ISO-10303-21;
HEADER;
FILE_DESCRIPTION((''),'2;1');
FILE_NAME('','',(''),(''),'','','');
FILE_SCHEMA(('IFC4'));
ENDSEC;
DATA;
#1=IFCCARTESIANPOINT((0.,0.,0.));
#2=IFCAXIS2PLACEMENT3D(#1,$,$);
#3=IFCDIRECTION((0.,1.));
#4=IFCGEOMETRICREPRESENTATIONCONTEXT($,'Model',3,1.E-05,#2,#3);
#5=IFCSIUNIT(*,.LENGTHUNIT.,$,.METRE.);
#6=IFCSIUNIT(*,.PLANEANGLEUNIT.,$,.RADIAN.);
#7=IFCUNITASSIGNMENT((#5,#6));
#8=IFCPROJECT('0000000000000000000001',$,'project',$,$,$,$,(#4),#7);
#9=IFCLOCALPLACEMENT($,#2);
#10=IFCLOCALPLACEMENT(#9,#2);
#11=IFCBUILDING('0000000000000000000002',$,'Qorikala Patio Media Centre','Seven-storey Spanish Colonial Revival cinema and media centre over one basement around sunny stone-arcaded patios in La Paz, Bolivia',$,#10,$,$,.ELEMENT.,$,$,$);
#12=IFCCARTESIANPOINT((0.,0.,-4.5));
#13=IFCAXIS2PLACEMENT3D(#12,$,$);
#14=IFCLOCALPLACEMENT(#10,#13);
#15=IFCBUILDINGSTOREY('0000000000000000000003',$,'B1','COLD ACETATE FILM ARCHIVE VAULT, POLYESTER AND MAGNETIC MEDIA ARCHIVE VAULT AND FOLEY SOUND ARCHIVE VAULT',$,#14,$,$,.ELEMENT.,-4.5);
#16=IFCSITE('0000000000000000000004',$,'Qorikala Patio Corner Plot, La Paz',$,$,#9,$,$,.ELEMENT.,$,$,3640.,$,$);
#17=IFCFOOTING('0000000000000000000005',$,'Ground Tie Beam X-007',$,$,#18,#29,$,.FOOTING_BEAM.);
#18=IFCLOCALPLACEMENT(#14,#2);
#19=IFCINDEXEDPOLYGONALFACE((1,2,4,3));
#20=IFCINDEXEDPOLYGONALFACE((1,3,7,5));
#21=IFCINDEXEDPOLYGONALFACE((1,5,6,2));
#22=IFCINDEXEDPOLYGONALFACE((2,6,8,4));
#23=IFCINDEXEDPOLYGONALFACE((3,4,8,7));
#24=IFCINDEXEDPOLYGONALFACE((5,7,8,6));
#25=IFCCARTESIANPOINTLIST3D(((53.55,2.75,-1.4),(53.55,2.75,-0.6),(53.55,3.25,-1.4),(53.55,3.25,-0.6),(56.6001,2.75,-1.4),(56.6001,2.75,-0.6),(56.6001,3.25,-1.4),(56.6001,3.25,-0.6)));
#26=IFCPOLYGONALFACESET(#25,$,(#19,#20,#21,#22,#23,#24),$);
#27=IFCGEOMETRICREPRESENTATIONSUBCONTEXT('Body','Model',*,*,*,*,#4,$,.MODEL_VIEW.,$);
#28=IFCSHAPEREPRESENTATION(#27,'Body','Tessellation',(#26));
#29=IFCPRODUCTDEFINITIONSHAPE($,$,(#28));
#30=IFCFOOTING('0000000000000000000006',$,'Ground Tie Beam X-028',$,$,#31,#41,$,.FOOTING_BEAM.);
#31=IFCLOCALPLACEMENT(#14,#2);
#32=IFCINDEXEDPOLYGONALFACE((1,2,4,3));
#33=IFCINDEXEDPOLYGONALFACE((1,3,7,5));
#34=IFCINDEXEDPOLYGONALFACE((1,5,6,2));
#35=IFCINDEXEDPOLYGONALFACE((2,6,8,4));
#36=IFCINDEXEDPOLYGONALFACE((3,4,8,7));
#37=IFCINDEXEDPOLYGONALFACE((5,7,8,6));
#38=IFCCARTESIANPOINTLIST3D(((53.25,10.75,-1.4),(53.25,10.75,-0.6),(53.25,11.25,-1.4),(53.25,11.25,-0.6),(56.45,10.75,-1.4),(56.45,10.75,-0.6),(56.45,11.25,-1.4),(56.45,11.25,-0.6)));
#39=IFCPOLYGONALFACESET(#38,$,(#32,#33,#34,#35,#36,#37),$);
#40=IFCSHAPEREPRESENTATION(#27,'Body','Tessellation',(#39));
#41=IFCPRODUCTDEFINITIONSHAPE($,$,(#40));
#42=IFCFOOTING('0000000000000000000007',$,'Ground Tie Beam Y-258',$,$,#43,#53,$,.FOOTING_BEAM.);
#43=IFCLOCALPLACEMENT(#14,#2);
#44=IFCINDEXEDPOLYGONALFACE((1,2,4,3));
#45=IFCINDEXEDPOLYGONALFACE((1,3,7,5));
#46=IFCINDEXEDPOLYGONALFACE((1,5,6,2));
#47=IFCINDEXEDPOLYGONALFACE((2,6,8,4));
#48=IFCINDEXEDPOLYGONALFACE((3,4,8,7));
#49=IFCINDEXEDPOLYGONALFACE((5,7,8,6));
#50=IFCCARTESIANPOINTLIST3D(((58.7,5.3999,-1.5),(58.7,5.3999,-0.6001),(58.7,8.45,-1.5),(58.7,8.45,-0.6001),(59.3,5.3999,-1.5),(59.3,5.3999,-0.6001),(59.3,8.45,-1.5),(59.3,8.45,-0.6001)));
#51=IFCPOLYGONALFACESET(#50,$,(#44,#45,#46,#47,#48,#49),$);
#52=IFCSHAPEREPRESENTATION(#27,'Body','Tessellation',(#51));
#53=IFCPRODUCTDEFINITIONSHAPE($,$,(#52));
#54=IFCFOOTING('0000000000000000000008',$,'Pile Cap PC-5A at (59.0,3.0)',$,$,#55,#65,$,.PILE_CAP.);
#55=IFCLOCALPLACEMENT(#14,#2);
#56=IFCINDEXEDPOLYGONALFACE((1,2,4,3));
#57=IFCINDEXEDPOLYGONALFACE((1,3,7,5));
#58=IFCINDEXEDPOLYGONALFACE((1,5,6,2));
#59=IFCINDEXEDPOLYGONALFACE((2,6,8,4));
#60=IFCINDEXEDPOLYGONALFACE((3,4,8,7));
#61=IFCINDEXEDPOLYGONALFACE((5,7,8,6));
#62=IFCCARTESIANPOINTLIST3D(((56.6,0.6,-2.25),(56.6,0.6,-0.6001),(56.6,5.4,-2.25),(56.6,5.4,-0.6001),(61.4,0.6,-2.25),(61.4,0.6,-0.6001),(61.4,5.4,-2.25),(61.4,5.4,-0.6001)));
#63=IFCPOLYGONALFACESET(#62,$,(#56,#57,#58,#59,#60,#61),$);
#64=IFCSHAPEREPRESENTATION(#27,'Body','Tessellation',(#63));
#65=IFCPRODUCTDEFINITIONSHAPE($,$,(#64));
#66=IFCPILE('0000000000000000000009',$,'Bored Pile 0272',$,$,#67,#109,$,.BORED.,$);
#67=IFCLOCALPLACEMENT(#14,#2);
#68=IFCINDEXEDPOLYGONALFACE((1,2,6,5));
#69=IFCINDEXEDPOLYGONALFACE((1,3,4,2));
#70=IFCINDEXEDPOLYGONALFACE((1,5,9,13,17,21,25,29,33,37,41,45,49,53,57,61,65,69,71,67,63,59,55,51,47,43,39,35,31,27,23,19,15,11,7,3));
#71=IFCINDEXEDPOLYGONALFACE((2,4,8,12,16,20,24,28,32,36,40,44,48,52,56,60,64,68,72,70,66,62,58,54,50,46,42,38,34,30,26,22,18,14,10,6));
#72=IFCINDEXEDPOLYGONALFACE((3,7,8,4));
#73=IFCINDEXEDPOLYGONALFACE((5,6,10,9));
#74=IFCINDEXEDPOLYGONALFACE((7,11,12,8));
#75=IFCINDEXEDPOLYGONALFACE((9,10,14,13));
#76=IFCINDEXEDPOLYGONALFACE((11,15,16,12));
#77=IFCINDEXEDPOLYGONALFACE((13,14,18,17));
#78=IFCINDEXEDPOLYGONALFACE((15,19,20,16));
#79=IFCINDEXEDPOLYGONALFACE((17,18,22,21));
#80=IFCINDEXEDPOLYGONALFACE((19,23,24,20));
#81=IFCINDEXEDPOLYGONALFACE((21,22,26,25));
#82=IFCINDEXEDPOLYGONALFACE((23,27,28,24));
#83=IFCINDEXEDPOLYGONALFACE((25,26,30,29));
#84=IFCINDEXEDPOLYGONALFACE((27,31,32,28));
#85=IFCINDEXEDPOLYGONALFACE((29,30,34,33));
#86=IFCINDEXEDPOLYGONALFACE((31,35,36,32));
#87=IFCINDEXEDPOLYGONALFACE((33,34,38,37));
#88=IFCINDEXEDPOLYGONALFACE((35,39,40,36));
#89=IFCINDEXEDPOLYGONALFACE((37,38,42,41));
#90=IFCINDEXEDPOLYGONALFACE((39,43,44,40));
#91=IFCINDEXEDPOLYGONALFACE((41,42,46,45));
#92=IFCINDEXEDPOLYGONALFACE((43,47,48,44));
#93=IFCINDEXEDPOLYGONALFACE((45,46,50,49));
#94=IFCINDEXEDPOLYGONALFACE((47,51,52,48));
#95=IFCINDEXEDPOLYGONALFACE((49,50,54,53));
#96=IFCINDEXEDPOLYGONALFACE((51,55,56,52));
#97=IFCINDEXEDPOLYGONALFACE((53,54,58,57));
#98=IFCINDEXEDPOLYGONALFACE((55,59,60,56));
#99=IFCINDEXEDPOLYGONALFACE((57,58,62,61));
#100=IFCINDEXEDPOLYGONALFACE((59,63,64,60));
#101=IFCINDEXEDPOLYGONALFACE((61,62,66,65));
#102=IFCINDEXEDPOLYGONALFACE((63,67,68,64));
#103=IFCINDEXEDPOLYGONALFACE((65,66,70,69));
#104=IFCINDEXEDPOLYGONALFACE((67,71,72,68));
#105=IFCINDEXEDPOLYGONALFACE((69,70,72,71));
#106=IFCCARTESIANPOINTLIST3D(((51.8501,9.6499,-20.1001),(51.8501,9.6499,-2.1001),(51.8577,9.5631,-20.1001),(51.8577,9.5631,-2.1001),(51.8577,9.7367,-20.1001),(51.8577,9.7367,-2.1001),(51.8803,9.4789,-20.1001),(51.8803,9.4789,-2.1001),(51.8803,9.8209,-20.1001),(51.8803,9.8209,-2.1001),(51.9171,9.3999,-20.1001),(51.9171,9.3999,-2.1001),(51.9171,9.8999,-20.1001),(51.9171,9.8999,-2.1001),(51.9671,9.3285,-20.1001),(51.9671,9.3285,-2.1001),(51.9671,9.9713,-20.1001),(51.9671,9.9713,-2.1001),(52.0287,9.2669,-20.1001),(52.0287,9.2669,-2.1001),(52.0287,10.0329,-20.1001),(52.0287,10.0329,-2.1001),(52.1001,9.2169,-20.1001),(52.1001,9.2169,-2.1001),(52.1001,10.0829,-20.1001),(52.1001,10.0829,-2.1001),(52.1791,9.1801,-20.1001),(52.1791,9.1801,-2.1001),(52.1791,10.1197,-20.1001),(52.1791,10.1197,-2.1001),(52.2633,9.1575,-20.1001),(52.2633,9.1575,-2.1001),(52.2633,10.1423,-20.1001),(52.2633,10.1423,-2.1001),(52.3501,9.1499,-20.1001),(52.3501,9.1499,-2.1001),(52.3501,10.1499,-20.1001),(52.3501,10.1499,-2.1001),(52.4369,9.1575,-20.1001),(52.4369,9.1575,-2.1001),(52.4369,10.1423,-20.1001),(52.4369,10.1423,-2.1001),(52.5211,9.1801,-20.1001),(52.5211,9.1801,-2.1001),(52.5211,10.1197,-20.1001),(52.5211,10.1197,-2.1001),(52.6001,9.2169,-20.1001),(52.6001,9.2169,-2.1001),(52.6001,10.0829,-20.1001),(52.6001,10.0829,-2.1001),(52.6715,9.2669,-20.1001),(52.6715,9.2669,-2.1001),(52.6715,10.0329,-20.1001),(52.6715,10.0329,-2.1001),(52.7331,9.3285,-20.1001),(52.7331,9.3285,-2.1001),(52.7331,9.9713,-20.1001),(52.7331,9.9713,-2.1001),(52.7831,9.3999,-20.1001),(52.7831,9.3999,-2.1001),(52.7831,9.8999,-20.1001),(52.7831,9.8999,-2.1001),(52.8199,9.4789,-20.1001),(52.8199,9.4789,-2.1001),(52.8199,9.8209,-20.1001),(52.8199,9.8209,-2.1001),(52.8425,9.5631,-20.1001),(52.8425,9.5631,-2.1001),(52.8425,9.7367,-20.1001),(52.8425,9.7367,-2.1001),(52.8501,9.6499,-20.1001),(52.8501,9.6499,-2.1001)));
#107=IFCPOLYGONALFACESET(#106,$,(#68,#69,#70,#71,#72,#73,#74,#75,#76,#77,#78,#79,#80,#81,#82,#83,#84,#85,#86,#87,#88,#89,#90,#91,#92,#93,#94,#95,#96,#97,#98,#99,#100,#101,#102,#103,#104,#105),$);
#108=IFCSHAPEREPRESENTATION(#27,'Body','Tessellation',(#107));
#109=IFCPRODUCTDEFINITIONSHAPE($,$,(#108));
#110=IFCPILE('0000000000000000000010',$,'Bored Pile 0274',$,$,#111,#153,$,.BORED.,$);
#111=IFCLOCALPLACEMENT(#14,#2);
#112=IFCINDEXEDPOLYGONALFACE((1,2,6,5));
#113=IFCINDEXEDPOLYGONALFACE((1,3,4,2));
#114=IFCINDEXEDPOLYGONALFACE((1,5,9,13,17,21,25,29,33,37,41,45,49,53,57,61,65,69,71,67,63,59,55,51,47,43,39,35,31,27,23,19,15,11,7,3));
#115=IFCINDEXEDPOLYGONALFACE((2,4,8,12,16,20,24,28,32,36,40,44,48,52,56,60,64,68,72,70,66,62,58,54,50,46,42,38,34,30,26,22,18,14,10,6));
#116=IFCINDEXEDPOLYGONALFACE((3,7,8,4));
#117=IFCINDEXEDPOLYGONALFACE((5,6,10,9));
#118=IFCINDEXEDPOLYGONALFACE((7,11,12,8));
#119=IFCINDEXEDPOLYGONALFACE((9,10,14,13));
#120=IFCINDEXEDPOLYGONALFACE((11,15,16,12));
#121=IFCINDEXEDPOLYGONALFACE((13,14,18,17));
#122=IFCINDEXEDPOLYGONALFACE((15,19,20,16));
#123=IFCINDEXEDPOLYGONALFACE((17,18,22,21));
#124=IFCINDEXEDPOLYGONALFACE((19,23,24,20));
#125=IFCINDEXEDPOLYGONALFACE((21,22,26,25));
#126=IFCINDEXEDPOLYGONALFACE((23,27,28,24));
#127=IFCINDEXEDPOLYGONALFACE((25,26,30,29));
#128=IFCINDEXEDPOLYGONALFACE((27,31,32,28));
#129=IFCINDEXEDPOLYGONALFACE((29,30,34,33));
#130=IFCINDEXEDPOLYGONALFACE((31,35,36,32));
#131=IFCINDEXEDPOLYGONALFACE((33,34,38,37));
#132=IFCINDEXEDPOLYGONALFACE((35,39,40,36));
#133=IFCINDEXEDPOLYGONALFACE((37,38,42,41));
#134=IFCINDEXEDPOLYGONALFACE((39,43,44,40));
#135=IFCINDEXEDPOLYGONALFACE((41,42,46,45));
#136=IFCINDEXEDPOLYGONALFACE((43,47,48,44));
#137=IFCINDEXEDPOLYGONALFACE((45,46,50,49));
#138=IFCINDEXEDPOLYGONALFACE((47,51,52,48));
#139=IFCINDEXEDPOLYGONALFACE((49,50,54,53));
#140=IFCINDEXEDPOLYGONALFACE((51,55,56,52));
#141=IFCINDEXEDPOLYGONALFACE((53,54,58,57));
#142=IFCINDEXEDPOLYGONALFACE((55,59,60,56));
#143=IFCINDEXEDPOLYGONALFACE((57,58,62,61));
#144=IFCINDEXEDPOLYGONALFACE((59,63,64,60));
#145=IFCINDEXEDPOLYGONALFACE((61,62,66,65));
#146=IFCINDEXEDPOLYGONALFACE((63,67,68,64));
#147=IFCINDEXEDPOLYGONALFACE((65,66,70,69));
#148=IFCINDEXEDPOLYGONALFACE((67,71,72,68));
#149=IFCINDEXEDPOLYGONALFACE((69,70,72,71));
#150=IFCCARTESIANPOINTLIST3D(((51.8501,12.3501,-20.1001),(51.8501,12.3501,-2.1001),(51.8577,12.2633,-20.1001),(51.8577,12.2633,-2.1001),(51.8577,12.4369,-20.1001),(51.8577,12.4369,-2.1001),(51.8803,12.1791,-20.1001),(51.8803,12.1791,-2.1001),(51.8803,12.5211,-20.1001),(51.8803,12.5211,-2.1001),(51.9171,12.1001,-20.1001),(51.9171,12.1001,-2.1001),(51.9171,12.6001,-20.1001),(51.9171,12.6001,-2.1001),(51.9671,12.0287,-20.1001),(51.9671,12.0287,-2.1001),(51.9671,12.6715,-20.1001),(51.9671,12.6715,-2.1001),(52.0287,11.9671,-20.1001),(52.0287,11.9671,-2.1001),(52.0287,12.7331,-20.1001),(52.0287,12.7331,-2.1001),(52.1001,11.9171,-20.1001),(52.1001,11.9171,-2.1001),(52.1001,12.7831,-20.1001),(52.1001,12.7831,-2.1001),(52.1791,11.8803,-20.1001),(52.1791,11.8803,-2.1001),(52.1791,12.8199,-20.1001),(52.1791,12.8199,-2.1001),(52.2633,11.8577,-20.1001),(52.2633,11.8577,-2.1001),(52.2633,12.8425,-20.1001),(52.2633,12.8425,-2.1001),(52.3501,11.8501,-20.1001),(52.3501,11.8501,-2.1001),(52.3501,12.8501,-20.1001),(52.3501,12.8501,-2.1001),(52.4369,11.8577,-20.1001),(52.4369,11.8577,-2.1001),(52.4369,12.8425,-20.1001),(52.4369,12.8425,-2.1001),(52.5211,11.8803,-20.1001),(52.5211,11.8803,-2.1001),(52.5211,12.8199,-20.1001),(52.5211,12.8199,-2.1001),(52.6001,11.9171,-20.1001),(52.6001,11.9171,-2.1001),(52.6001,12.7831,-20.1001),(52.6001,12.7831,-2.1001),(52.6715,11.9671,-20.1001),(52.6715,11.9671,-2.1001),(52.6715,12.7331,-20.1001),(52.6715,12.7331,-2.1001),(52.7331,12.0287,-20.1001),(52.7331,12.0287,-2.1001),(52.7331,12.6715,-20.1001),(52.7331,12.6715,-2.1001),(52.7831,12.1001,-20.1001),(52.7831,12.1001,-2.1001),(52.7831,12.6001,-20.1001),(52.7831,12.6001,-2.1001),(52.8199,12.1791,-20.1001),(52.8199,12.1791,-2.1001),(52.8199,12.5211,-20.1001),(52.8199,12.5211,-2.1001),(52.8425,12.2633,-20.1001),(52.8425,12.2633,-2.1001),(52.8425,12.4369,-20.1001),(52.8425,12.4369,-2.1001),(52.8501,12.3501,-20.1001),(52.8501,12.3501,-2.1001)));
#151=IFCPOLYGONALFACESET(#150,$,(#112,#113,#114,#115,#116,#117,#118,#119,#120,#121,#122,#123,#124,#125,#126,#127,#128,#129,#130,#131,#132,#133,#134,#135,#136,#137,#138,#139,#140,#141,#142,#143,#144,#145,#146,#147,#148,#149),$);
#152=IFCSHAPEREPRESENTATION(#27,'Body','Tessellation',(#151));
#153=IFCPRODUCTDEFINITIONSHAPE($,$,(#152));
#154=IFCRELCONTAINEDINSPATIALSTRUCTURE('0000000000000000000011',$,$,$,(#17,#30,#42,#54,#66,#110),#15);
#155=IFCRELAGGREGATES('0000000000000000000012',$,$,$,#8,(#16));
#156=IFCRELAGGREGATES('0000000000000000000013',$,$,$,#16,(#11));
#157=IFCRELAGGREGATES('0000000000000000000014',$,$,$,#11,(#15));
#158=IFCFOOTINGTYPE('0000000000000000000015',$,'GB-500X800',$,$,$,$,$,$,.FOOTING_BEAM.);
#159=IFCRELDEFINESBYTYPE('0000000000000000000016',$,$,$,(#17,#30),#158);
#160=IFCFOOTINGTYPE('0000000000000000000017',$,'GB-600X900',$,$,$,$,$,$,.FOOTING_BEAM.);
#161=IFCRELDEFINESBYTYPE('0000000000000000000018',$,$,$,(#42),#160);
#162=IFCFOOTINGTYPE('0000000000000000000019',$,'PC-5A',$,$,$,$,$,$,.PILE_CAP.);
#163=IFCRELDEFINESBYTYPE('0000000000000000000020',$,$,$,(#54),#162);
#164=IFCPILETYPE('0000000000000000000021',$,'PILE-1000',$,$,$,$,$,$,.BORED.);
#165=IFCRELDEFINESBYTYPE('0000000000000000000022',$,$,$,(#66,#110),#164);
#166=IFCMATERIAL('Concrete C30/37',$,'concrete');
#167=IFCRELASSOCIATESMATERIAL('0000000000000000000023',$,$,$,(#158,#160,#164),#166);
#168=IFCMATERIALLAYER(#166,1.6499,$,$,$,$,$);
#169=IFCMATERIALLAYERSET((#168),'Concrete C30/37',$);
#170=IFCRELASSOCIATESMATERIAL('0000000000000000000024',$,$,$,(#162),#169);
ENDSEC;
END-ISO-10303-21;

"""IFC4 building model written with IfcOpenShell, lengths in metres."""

from ifc_helpers import new_model, si_unit, direction, frame, origin, origin_2d, place, context, subcontext, project, spatial, rectangle, circle, extrude, material, layer, layer_set, material_profile, profile_set, type_object, element, save


model = new_model("IFC4")

# Units and contexts
model_context = context("Model", 3, precision=1e-05, world=origin(), true_north=direction((0.0, 1.0)))
body_context = subcontext(model_context, "Body", "Model", "MODEL_VIEW")
ifc_project = project(units=[si_unit("LENGTHUNIT", "METRE"), si_unit("PLANEANGLEUNIT", "RADIAN")], contexts=[model_context])

# Site, building, storey
site_placement = place(None, origin())
site = spatial("IfcSite", under=ifc_project, at=site_placement, Name="Qorikala Patio Corner Plot, La Paz", CompositionType="ELEMENT", RefElevation=3640.0)
building_placement = place(site_placement, origin())
building = spatial("IfcBuilding", under=site, at=building_placement, Name="Qorikala Patio Media Centre", Description="Seven-storey Spanish Colonial Revival cinema and media centre over one basement around sunny stone-arcaded patios in La Paz, Bolivia", CompositionType="ELEMENT")
storey_placement = place(building_placement, frame((0.0, 0.0, -4.5)))
storey = spatial("IfcBuildingStorey", under=building, at=storey_placement, Name="B1", Description="COLD ACETATE FILM ARCHIVE VAULT, POLYESTER AND MAGNETIC MEDIA ARCHIVE VAULT AND FOLEY SOUND ARCHIVE VAULT", CompositionType="ELEMENT", Elevation=-4.5)

# Footings
ifc_material_1 = material(Name="Concrete C30/37", Category="concrete")
ifc_material_profile_1 = material_profile(ifc_material_1, rectangle(XDim=0.5, YDim=0.8, at=origin_2d()), Name="RC 500x800")
ifc_profile_set_1 = profile_set([ifc_material_profile_1], Name="Concrete C30/37")
footing_type_1 = type_object("IfcFootingType", Name="GB-500X800", PredefinedType="FOOTING_BEAM", material=ifc_profile_set_1)
footing_1_placement = place(storey_placement, frame((53.55, 3.0, -1.0), z_axis=(1.0, 0.0, 0.0), x_axis=(0.0, 1.0, 0.0)))
element("IfcFooting", 1, at=footing_1_placement, inside=storey, type_object=footing_type_1, Name="Ground Tie Beam X-007", PredefinedType="FOOTING_BEAM", context=body_context, shape_type="SweptSolid", body=[
    extrude(rectangle(XDim=0.5, YDim=0.8, at=origin_2d()), origin(), (0.0, 0.0, 1.0), 3.05),
])
footing_2_placement = place(storey_placement, frame((53.25, 11.0, -1.0), z_axis=(1.0, 0.0, 0.0), x_axis=(0.0, 1.0, 0.0)))
element("IfcFooting", 2, at=footing_2_placement, inside=storey, type_object=footing_type_1, Name="Ground Tie Beam X-028", PredefinedType="FOOTING_BEAM", context=body_context, shape_type="SweptSolid", body=[
    extrude(rectangle(XDim=0.5, YDim=0.8, at=origin_2d()), origin(), (0.0, 0.0, 1.0), 3.2),
])
ifc_material_profile_2 = material_profile(ifc_material_1, rectangle(XDim=0.6001, YDim=0.8999, at=origin_2d()), Name="RC 600x900")
ifc_profile_set_2 = profile_set([ifc_material_profile_2], Name="Concrete C30/37")
footing_type_2 = type_object("IfcFootingType", Name="GB-600X900", PredefinedType="FOOTING_BEAM", material=ifc_profile_set_2)
footing_3_placement = place(storey_placement, frame((59.0, 5.3999, -1.05), z_axis=(0.0, 1.0, 0.0), x_axis=(-1.0, 0.0, 0.0)))
element("IfcFooting", 3, at=footing_3_placement, inside=storey, type_object=footing_type_2, Name="Ground Tie Beam Y-258", PredefinedType="FOOTING_BEAM", context=body_context, shape_type="SweptSolid", body=[
    extrude(rectangle(XDim=0.6001, YDim=0.8999, at=origin_2d()), origin(), (0.0, 0.0, 1.0), 3.05),
])
ifc_layer_1 = layer(ifc_material_1, 1.6499)
ifc_layer_set_1 = layer_set([ifc_layer_1], Name="Concrete C30/37")
footing_type_3 = type_object("IfcFootingType", Name="PC-5A", PredefinedType="PILE_CAP", material=ifc_layer_set_1)
footing_4_placement = place(storey_placement, frame((59.0, 3.0, -2.25), z_axis=(0.0, 0.0, 1.0), x_axis=(1.0, 0.0, 0.0)))
element("IfcFooting", 4, at=footing_4_placement, inside=storey, type_object=footing_type_3, Name="Pile Cap PC-5A at (59.0,3.0)", PredefinedType="PILE_CAP", context=body_context, shape_type="SweptSolid", body=[
    extrude(rectangle(XDim=4.8, YDim=4.8, at=origin_2d()), origin(), (0.0, 0.0, 1.0), 1.6499),
])

# Piles
ifc_material_profile_3 = material_profile(ifc_material_1, circle(Radius=0.5, at=origin_2d()), Name="BORED PILE 1000")
ifc_profile_set_3 = profile_set([ifc_material_profile_3], Name="Concrete C30/37")
pile_type_1 = type_object("IfcPileType", Name="PILE-1000", PredefinedType="BORED", material=ifc_profile_set_3)
for number, where, z_axis, x_axis, name in (
    (5, (52.3501, 9.6499, -2.1001), (0.0, 0.0, -1.0), (1.0, 0.0, 0.0), "Bored Pile 0272"),
    (6, (52.3501, 12.3501, -2.1001), (0.0, 0.0, -1.0), (1.0, 0.0, 0.0), "Bored Pile 0274"),
):
    element("IfcPile", number, at=place(storey_placement, frame(where, z_axis=z_axis, x_axis=x_axis)), inside=storey, type_object=pile_type_1, Name=name, PredefinedType="BORED", context=body_context, shape_type="SweptSolid", body=[
        extrude(circle(Radius=0.5, at=origin_2d()), origin(), (0.0, 0.0, 1.0), 18.0),
    ])

save(model, "model.ifc")
